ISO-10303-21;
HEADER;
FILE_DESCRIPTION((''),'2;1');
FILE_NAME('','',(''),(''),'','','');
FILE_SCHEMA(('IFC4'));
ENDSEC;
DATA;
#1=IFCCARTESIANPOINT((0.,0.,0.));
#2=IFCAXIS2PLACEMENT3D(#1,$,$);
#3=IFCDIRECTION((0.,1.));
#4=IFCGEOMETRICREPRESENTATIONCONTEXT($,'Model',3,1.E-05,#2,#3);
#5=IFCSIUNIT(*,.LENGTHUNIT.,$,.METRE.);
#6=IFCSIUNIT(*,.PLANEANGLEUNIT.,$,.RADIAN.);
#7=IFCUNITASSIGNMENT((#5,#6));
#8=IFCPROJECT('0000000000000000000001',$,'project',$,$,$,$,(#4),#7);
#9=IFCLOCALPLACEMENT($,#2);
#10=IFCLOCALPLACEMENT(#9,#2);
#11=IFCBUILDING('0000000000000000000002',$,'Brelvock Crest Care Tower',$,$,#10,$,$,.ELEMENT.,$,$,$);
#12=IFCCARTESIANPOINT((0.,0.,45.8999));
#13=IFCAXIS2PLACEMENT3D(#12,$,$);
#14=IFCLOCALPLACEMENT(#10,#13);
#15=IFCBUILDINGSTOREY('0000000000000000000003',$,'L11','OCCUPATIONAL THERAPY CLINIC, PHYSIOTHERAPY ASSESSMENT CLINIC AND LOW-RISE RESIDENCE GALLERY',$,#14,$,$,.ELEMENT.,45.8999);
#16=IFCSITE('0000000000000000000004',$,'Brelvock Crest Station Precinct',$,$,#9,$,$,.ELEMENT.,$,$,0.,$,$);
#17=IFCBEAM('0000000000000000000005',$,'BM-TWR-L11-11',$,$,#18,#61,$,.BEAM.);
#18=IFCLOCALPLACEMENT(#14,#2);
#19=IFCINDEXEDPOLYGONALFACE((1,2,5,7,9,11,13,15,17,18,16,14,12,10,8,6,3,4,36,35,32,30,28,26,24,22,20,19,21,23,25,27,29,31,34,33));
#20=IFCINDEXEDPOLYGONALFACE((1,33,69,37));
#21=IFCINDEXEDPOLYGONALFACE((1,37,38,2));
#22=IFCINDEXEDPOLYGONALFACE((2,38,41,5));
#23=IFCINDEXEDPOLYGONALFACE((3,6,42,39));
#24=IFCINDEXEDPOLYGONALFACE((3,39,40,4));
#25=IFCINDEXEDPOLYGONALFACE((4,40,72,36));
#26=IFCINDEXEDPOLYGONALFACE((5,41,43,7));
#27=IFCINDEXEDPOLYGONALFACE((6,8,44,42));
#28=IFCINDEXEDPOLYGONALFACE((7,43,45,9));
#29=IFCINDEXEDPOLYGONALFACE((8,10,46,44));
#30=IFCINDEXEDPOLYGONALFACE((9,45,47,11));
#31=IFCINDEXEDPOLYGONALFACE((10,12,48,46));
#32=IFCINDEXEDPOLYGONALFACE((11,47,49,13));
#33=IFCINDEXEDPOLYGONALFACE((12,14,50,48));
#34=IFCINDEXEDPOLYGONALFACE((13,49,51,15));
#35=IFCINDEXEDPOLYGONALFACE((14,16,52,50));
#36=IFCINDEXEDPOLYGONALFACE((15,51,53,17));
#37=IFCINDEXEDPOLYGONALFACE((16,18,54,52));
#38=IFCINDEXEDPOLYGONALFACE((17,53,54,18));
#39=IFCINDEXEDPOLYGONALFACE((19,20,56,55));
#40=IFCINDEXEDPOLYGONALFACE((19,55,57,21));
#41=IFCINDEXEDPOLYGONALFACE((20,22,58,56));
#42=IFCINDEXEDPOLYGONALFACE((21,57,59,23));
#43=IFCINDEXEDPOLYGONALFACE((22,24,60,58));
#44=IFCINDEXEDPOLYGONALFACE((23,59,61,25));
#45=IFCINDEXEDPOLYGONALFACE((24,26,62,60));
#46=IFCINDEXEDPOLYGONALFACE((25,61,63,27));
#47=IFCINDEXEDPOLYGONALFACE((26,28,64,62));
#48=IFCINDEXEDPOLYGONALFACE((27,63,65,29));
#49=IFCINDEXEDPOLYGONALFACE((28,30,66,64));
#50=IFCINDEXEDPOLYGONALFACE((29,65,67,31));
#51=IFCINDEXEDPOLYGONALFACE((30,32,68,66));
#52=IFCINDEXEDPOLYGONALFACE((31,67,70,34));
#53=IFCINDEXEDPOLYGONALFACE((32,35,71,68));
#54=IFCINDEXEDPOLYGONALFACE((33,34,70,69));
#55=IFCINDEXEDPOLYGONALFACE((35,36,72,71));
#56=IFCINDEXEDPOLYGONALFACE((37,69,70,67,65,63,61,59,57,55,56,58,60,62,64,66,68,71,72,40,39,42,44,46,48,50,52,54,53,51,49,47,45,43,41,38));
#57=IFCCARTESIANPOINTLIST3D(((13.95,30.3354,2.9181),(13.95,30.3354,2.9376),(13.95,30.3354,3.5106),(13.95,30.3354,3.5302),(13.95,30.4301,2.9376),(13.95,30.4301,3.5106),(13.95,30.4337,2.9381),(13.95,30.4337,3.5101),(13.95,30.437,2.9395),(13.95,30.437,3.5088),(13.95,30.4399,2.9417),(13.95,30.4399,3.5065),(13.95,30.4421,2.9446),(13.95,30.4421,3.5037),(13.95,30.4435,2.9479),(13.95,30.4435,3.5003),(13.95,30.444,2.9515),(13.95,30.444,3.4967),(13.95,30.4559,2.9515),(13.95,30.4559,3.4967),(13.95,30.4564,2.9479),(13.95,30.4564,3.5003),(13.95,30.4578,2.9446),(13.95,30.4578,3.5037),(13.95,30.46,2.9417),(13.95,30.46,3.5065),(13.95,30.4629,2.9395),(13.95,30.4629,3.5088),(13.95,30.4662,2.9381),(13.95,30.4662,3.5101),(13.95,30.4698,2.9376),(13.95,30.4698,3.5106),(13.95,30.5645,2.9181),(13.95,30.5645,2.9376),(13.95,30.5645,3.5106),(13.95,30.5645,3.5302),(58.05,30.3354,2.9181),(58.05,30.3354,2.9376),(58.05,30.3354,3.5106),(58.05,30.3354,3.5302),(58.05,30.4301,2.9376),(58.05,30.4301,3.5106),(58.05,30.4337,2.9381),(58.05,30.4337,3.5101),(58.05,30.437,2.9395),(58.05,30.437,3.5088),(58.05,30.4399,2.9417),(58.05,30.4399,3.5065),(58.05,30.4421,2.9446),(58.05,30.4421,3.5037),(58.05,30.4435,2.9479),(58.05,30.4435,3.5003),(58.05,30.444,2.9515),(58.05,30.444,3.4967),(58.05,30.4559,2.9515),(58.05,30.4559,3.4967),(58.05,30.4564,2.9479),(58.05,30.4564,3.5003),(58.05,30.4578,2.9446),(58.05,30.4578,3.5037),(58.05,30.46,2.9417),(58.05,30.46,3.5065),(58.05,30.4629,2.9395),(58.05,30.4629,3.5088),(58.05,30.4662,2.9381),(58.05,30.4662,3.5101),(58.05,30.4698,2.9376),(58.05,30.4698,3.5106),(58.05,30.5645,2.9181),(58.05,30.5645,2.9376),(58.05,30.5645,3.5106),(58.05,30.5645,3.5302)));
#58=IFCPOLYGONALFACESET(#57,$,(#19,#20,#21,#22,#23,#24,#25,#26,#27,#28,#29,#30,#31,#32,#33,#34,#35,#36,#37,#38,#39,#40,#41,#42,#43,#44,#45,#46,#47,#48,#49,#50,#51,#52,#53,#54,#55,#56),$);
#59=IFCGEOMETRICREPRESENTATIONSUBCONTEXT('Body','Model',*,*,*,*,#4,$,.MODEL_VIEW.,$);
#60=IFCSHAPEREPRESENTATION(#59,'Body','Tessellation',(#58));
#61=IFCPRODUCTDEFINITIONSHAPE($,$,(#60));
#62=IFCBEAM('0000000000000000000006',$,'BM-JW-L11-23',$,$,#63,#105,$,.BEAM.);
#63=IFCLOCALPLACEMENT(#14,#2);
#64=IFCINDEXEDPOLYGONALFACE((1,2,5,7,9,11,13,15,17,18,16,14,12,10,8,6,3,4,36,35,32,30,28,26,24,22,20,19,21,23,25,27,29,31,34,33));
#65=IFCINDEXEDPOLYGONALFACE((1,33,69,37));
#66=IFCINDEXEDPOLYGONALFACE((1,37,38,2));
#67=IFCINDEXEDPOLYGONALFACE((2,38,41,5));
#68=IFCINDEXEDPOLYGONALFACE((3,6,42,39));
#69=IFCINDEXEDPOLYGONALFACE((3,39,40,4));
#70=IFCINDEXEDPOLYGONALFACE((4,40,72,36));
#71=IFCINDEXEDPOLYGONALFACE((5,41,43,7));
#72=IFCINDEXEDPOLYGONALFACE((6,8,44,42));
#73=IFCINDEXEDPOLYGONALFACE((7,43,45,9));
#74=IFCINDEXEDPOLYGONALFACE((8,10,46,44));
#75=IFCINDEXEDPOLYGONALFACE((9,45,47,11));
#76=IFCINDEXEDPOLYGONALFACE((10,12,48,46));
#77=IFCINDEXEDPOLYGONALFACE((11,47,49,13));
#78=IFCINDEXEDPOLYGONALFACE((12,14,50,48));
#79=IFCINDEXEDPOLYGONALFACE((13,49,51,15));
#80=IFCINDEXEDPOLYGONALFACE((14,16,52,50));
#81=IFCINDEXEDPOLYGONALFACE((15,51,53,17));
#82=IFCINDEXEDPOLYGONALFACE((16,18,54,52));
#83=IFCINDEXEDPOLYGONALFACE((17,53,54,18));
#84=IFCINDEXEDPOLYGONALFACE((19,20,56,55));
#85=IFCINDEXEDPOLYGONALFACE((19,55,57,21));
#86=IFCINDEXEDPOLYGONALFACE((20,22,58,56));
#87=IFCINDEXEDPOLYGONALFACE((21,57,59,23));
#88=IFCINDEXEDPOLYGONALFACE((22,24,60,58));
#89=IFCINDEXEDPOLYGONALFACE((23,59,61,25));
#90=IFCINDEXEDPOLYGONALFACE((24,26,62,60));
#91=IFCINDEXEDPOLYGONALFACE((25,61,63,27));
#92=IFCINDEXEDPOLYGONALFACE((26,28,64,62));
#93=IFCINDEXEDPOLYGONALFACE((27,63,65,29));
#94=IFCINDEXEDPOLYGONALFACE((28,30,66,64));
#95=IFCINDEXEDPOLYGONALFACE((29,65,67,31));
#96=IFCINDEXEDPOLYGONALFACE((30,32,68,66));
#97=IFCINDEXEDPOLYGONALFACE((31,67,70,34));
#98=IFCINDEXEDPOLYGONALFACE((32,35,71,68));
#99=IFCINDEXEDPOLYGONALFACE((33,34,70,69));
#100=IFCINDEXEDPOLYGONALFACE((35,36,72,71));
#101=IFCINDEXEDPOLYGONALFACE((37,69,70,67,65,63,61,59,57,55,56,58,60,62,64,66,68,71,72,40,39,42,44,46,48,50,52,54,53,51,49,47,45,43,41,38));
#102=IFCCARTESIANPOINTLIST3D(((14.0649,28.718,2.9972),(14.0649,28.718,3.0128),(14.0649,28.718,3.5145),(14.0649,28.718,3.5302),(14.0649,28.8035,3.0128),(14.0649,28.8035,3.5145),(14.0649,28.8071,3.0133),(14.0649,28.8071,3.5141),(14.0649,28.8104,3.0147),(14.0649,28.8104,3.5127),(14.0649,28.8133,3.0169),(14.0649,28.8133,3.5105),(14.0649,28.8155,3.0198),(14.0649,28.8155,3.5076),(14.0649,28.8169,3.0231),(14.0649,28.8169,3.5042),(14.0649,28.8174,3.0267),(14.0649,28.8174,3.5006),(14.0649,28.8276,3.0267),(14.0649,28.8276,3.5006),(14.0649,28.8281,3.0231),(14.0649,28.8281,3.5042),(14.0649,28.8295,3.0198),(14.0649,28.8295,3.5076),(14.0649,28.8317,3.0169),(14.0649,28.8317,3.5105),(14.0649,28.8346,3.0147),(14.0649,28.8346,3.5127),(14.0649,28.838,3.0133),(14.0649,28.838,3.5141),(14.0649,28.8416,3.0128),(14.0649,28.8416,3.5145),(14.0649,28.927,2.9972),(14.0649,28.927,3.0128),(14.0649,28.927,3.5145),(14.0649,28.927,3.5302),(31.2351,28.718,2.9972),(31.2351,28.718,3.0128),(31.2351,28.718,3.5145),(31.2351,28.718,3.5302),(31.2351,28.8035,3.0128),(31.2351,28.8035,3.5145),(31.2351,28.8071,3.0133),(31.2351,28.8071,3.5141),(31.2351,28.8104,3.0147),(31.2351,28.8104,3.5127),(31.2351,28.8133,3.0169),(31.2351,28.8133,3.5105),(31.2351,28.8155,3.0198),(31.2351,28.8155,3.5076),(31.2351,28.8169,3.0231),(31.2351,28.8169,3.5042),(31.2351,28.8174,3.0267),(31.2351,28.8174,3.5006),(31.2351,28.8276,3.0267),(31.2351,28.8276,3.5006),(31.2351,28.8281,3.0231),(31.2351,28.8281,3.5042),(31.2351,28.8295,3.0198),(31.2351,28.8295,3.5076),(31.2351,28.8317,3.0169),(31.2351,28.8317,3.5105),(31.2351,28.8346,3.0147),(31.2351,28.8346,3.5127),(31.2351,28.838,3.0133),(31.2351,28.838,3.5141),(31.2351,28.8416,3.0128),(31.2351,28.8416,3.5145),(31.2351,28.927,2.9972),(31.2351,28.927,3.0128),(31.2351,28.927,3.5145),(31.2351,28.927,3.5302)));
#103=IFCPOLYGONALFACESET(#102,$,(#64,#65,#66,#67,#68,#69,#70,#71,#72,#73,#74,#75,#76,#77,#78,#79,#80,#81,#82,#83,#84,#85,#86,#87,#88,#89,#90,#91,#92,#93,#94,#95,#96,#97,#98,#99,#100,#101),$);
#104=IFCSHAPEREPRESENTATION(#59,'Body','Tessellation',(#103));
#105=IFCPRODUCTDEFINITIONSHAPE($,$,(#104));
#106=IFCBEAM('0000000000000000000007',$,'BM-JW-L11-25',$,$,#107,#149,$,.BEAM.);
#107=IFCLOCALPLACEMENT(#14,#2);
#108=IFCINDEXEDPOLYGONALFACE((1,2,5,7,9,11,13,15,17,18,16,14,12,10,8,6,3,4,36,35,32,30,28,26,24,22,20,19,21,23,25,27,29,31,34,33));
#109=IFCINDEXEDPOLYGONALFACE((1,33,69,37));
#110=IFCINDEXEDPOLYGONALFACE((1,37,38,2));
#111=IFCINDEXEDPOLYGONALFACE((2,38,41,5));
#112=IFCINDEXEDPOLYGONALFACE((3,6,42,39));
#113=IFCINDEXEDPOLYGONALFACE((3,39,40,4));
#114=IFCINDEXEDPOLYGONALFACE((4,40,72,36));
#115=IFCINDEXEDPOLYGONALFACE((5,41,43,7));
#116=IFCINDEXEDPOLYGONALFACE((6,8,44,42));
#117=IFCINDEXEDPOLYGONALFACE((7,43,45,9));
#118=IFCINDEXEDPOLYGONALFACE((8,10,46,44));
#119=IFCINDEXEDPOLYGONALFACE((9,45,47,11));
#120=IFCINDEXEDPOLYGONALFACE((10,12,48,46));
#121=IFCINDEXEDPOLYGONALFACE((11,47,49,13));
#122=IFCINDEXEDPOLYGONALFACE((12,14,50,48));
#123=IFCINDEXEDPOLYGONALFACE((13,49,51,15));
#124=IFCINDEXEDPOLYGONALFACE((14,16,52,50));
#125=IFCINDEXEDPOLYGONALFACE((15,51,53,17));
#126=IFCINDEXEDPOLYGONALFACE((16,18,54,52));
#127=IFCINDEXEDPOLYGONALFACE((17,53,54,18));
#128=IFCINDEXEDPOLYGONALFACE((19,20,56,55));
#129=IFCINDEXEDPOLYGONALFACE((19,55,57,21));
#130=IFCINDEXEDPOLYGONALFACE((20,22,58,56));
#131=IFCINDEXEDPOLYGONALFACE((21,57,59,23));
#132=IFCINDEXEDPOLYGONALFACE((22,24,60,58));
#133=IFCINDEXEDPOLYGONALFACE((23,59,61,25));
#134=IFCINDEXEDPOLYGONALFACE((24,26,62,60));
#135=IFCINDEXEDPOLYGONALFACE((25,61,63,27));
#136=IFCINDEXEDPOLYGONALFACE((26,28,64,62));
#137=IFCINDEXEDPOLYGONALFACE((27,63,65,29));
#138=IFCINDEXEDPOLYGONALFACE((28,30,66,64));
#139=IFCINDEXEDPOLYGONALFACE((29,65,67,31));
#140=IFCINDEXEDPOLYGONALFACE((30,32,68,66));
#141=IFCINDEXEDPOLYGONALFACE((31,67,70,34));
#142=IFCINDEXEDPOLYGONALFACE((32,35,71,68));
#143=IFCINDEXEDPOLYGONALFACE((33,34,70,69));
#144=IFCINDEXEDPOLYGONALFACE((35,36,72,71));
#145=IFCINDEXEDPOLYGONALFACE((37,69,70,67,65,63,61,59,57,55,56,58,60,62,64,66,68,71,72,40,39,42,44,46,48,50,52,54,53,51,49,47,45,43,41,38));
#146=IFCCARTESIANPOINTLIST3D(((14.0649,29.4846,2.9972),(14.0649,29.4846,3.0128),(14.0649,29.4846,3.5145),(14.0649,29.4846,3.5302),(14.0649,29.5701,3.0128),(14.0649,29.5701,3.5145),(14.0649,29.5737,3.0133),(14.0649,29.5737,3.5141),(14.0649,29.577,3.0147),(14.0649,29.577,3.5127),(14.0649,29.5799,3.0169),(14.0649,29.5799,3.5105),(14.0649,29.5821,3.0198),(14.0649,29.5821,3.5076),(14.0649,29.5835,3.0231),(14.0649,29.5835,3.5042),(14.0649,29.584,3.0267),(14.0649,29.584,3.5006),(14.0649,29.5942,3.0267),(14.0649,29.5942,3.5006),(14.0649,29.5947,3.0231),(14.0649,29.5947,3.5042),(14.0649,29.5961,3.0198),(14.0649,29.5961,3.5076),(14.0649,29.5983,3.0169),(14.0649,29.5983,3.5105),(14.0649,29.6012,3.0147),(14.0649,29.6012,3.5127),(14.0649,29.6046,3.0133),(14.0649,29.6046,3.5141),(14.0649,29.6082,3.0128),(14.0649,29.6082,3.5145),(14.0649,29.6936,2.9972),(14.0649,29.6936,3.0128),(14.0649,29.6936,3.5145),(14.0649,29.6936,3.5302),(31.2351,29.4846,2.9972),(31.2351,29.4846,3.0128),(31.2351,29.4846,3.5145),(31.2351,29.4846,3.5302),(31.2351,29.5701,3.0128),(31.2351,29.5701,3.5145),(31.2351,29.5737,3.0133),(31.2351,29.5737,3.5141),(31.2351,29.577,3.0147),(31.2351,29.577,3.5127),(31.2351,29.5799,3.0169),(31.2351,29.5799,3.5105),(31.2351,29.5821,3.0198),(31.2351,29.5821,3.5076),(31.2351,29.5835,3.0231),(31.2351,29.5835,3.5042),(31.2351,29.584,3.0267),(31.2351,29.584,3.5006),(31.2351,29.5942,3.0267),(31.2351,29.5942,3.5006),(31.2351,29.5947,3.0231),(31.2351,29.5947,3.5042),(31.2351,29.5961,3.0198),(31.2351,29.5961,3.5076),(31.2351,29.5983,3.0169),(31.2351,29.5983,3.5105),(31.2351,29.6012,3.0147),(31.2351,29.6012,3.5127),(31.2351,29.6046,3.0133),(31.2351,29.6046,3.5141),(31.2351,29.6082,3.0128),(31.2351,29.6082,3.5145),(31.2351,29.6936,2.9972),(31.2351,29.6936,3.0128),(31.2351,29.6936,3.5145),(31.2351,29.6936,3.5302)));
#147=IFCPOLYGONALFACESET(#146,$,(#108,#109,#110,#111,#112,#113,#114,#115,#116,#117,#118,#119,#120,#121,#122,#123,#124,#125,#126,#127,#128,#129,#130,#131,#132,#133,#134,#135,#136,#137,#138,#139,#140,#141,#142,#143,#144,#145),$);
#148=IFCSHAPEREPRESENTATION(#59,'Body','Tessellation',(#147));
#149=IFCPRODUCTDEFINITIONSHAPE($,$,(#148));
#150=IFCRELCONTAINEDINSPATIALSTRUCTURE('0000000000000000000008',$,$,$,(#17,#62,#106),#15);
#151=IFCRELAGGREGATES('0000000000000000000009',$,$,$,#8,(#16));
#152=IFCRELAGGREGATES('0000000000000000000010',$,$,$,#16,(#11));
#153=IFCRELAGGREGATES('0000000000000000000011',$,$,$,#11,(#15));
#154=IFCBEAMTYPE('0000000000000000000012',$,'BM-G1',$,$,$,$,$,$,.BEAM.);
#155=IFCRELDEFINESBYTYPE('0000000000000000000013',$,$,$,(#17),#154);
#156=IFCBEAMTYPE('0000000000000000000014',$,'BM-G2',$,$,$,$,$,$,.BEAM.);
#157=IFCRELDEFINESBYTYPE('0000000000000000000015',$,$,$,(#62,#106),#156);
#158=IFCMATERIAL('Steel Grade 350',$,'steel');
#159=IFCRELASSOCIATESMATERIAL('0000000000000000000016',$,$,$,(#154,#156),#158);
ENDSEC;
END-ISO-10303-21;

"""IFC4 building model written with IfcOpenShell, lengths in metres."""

from ifc_helpers import new_model, si_unit, direction, frame, origin, origin_2d, place, context, subcontext, project, spatial, i_section, extrude, source, transform, mapped, material, material_profile, profile_set, type_object, element, save


model = new_model("IFC4")

# Units and contexts
model_context = context("Model", 3, precision=1e-05, world=origin(), true_north=direction((0.0, 1.0)))
body_context = subcontext(model_context, "Body", "Model", "MODEL_VIEW")
ifc_project = project(units=[si_unit("LENGTHUNIT", "METRE"), si_unit("PLANEANGLEUNIT", "RADIAN")], contexts=[model_context])

# Site, building, storey
site_placement = place(None, origin())
site = spatial("IfcSite", under=ifc_project, at=site_placement, Name="Brelvock Crest Station Precinct", CompositionType="ELEMENT", RefElevation=0.0)
building_placement = place(site_placement, origin())
building = spatial("IfcBuilding", under=site, at=building_placement, Name="Brelvock Crest Care Tower", CompositionType="ELEMENT")
storey_placement = place(building_placement, frame((0.0, 0.0, 45.8999)))
storey = spatial("IfcBuildingStorey", under=building, at=storey_placement, Name="L11", Description="OCCUPATIONAL THERAPY CLINIC, PHYSIOTHERAPY ASSESSMENT CLINIC AND LOW-RISE RESIDENCE GALLERY", CompositionType="ELEMENT", Elevation=45.8999)

# Shared definitions
ifc_material_1 = material(Name="Steel Grade 350", Category="steel")

# Beams
ifc_material_profile_1 = material_profile(ifc_material_1, i_section(OverallWidth=0.229, OverallDepth=0.6121, WebThickness=0.012, FlangeThickness=0.0195, FilletRadius=0.0139, at=origin_2d()), Name="610UB125")
ifc_profile_set_1 = profile_set([ifc_material_profile_1], Name="Steel Grade 350")
beam_type_1 = type_object("IfcBeamType", Name="BM-G1", PredefinedType="BEAM", material=ifc_profile_set_1)
shared_shape_1 = source(origin(), body_context, "Body", "SweptSolid", [
    extrude(i_section(OverallWidth=0.229, OverallDepth=0.6121, WebThickness=0.012, FlangeThickness=0.0195, FilletRadius=0.0139, at=origin_2d()), origin(), (0.0, 0.0, 1.0), 44.1001),
])
beam_1_placement = place(storey_placement, frame((13.95, 30.45, 3.2241), z_axis=(1.0, 0.0, 0.0), x_axis=(0.0, 1.0, 0.0)))
element("IfcBeam", 1, at=beam_1_placement, inside=storey, type_object=beam_type_1, Name="BM-TWR-L11-11", PredefinedType="BEAM", context=body_context, shape_type="MappedRepresentation", body=[
    mapped(shared_shape_1, transform((0.0, 0.0, 0.0), x_axis=(1.0, 0.0, 0.0), y_axis=(0.0, 1.0, 0.0), z_axis=(0.0, 0.0, 1.0), scale=1.0)),
])
ifc_material_profile_2 = material_profile(ifc_material_1, i_section(OverallWidth=0.209, OverallDepth=0.533, WebThickness=0.0103, FlangeThickness=0.0156, FilletRadius=0.0139, at=origin_2d()), Name="530UB92.4")
ifc_profile_set_2 = profile_set([ifc_material_profile_2], Name="Steel Grade 350")
beam_type_2 = type_object("IfcBeamType", Name="BM-G2", PredefinedType="BEAM", material=ifc_profile_set_2)
shared_shape_2 = source(origin(), body_context, "Body", "SweptSolid", [
    extrude(i_section(OverallWidth=0.209, OverallDepth=0.533, WebThickness=0.0103, FlangeThickness=0.0156, FilletRadius=0.0139, at=origin_2d()), origin(), (0.0, 0.0, 1.0), 17.1702),
])
for number, where, z_axis, x_axis, name in (
    (2, (14.0649, 28.8225, 3.2637), (1.0, 0.0, 0.0), (0.0, 1.0, 0.0), "BM-JW-L11-23"),
    (3, (14.0649, 29.5891, 3.2637), (1.0, 0.0, 0.0), (0.0, 1.0, 0.0), "BM-JW-L11-25"),
):
    element("IfcBeam", number, at=place(storey_placement, frame(where, z_axis=z_axis, x_axis=x_axis)), inside=storey, type_object=beam_type_2, Name=name, PredefinedType="BEAM", context=body_context, shape_type="MappedRepresentation", body=[
        mapped(shared_shape_2, transform((0.0, 0.0, 0.0), x_axis=(1.0, 0.0, 0.0), y_axis=(0.0, 1.0, 0.0), z_axis=(0.0, 0.0, 1.0), scale=1.0)),
    ])

save(model, "model.ifc")
